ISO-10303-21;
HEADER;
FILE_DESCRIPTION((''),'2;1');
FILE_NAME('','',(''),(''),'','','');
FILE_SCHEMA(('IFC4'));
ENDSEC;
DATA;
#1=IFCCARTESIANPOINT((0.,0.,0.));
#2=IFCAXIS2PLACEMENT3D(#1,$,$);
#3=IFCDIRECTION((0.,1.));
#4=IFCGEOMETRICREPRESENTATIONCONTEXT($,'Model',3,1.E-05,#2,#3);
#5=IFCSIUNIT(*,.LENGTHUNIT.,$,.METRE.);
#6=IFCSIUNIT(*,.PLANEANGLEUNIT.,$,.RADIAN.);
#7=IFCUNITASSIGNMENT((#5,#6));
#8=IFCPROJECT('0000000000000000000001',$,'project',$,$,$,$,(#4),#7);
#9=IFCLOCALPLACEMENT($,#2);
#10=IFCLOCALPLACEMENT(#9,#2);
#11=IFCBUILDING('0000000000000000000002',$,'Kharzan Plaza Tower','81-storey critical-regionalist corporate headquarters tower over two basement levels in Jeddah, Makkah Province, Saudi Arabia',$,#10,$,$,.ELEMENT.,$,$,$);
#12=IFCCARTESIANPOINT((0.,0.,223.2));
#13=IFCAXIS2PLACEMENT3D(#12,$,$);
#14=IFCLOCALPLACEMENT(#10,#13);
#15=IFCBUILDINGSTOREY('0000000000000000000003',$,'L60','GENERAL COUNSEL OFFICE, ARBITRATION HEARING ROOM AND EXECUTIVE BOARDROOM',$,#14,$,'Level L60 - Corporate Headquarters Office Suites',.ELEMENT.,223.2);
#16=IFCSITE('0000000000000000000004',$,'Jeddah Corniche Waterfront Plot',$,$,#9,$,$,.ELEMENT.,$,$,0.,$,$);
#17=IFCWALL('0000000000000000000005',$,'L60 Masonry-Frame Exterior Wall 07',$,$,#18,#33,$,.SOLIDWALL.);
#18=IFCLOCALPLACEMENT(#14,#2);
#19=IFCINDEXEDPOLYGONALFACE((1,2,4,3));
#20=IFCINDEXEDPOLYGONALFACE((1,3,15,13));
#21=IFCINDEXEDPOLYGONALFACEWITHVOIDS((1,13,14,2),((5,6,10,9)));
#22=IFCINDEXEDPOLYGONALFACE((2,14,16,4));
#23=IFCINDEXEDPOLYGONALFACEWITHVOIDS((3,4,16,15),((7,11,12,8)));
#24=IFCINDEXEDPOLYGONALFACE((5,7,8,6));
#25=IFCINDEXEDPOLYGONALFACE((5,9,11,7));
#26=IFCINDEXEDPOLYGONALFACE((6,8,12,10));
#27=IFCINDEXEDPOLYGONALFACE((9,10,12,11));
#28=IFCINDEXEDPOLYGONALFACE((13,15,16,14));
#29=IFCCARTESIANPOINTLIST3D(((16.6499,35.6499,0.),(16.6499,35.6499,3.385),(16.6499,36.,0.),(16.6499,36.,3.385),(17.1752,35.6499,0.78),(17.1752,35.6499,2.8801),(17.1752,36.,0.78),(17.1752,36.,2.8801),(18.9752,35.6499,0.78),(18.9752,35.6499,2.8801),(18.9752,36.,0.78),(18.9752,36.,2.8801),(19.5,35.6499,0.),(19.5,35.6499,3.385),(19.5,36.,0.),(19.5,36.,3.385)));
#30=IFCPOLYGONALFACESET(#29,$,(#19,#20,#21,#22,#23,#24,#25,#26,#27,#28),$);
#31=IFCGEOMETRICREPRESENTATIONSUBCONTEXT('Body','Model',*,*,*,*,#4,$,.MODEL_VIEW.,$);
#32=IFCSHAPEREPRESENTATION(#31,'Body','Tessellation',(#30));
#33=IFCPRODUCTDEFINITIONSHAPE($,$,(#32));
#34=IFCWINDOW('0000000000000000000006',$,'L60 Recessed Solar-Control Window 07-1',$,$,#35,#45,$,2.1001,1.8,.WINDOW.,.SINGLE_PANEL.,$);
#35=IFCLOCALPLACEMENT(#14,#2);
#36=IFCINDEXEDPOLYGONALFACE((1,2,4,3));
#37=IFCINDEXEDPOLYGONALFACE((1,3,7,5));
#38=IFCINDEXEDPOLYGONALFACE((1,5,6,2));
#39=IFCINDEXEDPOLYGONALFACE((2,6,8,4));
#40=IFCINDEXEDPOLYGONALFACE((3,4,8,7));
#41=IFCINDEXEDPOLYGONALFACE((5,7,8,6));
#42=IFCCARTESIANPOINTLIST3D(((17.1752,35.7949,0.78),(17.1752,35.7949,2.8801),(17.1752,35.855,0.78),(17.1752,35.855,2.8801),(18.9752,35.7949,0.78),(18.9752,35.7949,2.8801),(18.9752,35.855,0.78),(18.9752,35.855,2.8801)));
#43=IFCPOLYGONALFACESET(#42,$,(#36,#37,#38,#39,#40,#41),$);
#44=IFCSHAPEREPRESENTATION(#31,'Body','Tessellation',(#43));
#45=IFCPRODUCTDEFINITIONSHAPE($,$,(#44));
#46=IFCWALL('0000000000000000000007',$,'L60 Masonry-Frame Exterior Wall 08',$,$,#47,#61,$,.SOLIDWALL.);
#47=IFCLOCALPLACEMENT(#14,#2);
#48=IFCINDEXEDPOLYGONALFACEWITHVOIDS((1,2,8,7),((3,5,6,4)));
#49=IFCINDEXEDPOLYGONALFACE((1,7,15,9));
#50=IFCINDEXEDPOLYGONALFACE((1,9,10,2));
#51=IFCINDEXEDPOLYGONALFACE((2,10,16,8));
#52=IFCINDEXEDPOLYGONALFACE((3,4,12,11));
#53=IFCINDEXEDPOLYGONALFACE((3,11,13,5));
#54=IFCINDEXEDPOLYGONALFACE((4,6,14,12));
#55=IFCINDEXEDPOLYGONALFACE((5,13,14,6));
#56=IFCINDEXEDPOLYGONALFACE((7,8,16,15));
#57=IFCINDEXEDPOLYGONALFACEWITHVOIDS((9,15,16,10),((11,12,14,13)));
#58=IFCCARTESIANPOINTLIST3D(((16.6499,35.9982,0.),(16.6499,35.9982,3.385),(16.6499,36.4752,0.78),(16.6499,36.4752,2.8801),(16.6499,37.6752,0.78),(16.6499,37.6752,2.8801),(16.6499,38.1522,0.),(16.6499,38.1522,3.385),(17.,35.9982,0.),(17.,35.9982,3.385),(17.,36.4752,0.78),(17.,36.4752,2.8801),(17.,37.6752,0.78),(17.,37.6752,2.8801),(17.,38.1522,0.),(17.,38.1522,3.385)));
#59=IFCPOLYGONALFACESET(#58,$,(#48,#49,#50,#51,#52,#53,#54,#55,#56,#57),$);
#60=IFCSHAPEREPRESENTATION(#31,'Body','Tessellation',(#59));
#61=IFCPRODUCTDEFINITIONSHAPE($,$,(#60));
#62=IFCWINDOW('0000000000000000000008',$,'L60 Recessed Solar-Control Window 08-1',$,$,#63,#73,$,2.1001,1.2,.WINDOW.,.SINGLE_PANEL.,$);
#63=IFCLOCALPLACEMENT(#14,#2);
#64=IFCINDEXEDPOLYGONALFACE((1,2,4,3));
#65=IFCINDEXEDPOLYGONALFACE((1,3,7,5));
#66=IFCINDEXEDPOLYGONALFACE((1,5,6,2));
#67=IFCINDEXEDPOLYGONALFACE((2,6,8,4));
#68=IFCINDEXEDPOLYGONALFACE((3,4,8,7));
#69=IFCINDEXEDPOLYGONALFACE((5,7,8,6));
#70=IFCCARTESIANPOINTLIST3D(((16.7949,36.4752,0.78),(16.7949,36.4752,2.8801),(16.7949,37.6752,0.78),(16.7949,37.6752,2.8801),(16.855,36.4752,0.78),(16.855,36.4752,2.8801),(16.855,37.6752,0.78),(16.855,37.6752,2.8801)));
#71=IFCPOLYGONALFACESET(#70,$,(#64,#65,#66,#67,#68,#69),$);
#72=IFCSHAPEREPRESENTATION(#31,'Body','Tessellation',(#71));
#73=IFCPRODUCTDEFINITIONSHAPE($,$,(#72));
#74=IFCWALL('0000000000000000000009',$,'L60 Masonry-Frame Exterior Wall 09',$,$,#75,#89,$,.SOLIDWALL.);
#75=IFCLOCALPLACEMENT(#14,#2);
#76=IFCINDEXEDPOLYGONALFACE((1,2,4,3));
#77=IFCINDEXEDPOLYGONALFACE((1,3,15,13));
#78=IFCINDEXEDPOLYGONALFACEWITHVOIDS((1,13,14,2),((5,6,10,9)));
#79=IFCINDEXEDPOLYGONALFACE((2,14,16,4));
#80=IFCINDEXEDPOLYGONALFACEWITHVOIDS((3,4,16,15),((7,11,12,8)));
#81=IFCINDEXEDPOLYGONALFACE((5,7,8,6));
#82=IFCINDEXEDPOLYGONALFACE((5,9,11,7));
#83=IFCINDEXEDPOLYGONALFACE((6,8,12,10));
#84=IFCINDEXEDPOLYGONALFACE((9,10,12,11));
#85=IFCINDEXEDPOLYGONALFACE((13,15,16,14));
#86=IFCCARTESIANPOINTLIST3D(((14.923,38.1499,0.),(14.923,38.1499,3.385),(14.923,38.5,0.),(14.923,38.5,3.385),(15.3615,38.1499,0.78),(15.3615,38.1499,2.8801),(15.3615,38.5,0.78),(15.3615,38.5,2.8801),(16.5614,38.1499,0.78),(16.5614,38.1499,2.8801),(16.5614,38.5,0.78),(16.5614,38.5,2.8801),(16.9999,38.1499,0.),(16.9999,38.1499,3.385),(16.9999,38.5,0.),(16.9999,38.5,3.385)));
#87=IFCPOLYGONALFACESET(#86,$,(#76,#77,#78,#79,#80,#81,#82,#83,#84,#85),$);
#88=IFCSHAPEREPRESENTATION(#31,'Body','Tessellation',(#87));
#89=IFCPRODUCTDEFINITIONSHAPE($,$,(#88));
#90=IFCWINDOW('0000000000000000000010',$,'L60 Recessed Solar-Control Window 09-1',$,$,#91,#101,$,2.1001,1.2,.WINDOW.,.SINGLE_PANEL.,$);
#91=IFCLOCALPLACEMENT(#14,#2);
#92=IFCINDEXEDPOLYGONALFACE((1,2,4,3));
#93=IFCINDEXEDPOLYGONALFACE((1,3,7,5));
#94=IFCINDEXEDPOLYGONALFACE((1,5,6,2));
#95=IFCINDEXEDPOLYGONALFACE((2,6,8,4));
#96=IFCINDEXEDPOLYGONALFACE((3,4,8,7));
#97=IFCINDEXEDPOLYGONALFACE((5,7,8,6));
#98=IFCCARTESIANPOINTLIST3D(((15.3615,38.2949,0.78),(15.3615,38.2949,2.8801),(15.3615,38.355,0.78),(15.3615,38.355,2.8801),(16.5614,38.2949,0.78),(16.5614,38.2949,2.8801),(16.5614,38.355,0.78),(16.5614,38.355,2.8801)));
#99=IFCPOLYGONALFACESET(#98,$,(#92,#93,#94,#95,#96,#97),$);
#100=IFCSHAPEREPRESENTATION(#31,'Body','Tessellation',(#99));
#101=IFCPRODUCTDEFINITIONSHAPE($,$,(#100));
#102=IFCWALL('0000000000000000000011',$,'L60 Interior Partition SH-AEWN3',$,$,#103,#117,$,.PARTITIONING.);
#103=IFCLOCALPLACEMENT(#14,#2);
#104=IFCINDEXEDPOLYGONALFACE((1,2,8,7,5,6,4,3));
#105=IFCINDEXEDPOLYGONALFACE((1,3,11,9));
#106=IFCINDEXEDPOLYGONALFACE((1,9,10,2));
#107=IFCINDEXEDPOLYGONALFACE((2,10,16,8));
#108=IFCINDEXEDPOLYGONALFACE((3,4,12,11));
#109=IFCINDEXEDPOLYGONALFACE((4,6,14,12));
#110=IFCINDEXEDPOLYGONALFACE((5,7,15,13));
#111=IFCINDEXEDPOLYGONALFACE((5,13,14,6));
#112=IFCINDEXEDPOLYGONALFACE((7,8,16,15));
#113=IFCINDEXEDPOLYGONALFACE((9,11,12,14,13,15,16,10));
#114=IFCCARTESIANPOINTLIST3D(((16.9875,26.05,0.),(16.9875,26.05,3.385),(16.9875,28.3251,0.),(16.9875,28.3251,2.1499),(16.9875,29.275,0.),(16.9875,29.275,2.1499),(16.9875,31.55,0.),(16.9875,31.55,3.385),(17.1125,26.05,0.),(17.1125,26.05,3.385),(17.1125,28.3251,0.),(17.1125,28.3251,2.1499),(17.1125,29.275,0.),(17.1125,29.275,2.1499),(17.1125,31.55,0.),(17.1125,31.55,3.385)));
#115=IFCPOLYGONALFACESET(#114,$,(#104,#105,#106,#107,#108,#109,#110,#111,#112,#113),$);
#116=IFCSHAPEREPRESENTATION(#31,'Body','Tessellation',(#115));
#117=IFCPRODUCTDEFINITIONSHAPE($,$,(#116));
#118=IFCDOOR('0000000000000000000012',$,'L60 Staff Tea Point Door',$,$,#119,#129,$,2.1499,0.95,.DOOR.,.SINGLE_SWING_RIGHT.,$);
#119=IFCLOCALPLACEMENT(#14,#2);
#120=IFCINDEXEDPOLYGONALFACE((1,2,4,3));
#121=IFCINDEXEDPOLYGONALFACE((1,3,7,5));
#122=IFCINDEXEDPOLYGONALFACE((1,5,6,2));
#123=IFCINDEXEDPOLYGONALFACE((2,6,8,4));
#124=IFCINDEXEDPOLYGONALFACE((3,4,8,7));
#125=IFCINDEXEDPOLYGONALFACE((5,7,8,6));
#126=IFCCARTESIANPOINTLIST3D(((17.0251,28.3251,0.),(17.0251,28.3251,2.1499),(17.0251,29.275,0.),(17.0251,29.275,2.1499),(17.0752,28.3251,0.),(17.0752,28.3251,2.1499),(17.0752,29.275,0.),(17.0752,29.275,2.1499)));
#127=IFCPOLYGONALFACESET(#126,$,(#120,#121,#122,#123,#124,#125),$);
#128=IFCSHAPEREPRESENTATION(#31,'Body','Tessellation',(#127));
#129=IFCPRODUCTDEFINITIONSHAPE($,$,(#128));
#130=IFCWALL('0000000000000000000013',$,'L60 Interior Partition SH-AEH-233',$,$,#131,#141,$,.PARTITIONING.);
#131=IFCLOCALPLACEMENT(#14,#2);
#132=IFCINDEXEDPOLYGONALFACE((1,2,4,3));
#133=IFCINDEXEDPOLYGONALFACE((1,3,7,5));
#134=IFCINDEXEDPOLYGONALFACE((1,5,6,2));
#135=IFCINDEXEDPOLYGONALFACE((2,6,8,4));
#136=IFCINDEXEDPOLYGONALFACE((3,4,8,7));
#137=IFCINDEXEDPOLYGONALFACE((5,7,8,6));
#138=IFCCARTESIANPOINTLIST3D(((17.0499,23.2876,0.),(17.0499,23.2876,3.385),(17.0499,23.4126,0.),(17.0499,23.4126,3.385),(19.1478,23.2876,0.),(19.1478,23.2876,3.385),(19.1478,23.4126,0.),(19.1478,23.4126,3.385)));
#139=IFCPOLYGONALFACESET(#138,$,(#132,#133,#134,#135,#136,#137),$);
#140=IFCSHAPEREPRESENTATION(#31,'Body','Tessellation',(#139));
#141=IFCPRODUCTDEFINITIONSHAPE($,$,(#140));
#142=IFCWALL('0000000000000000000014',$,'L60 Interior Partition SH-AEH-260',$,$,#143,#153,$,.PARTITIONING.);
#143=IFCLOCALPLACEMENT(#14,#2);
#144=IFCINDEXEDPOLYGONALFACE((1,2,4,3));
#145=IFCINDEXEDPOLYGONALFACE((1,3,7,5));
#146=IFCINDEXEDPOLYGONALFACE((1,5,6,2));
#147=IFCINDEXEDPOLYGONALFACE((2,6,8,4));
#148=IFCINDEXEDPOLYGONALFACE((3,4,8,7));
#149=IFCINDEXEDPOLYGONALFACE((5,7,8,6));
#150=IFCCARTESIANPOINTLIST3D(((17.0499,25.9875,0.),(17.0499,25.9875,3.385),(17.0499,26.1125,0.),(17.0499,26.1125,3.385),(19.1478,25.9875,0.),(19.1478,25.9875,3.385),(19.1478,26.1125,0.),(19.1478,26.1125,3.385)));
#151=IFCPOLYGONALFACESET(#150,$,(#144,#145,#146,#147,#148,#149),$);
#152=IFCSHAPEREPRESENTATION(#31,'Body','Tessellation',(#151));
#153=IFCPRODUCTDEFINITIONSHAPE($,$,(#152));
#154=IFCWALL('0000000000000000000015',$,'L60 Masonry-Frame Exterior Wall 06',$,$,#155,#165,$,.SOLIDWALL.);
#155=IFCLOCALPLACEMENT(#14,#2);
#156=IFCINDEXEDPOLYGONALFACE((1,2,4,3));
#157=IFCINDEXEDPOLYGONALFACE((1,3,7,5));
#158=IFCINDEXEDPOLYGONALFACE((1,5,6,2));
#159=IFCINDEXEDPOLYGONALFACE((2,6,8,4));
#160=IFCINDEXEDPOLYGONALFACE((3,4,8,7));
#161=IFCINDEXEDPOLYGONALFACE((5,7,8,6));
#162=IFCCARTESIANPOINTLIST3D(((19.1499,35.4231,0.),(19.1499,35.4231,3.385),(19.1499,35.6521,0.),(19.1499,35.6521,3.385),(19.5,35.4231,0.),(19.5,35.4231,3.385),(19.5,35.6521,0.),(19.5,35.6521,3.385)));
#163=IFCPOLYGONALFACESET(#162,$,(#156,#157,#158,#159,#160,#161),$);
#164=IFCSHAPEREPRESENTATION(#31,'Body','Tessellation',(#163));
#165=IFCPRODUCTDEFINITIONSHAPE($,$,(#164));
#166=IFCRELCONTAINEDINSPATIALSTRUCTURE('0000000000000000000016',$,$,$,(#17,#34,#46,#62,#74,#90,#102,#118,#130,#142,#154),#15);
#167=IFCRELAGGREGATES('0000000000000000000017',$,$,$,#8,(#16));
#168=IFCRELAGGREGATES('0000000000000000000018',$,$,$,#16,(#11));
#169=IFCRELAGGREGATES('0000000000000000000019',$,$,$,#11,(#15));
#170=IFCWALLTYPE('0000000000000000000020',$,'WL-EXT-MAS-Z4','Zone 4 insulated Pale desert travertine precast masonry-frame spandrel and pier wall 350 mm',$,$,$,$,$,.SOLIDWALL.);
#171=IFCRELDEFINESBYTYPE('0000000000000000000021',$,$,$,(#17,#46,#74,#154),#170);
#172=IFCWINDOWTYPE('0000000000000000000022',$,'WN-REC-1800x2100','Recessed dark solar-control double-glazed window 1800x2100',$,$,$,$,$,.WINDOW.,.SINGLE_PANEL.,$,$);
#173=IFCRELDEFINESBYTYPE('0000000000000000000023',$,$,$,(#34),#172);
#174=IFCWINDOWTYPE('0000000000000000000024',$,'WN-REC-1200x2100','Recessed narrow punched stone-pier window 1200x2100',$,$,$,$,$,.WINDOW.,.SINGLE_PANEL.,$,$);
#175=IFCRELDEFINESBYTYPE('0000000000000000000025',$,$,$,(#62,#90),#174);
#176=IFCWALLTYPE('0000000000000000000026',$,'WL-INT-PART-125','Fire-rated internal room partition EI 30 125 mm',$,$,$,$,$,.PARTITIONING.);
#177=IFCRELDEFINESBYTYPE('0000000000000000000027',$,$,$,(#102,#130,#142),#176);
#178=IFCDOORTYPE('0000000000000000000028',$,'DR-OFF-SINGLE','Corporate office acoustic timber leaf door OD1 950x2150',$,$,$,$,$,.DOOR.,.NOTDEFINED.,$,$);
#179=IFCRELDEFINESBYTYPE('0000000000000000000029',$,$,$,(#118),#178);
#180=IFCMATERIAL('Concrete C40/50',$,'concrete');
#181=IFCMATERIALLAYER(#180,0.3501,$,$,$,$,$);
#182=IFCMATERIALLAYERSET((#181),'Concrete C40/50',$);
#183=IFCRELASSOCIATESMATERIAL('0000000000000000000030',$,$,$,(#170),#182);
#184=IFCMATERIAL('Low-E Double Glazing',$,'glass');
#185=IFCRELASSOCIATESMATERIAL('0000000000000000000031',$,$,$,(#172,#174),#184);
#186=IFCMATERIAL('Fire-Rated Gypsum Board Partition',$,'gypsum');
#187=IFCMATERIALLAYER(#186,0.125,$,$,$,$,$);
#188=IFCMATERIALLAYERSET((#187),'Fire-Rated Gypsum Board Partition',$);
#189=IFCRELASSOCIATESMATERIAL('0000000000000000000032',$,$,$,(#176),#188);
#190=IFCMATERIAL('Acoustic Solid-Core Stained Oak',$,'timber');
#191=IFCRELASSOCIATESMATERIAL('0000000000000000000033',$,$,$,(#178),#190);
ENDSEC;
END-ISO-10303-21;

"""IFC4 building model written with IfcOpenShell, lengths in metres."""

from ifc_helpers import new_model, si_unit, direction, frame, frame_2d, origin, place, context, subcontext, project, spatial, rectangle, extrude, source, transform, mapped, material, layer, layer_set, type_object, element, fill, save


model = new_model("IFC4")

# Units and contexts
model_context = context("Model", 3, precision=1e-05, world=origin(), true_north=direction((0.0, 1.0)))
body_context = subcontext(model_context, "Body", "Model", "MODEL_VIEW")
ifc_project = project(units=[si_unit("LENGTHUNIT", "METRE"), si_unit("PLANEANGLEUNIT", "RADIAN")], contexts=[model_context])

# Site, building, storey
site_placement = place(None, origin())
site = spatial("IfcSite", under=ifc_project, at=site_placement, Name="Jeddah Corniche Waterfront Plot", CompositionType="ELEMENT", RefElevation=0.0)
building_placement = place(site_placement, origin())
building = spatial("IfcBuilding", under=site, at=building_placement, Name="Kharzan Plaza Tower", Description="81-storey critical-regionalist corporate headquarters tower over two basement levels in Jeddah, Makkah Province, Saudi Arabia", CompositionType="ELEMENT")
storey_placement = place(building_placement, frame((0.0, 0.0, 223.2)))
storey = spatial("IfcBuildingStorey", under=building, at=storey_placement, Name="L60", Description="GENERAL COUNSEL OFFICE, ARBITRATION HEARING ROOM AND EXECUTIVE BOARDROOM", LongName="Level L60 - Corporate Headquarters Office Suites", CompositionType="ELEMENT", Elevation=223.2)

# Shared definitions
ifc_material_1 = material(Name="Concrete C40/50", Category="concrete")
ifc_layer_1 = layer(ifc_material_1, 0.3501)
ifc_layer_set_1 = layer_set([ifc_layer_1], Name="Concrete C40/50")
wall_type_1 = type_object("IfcWallType", Name="WL-EXT-MAS-Z4", Description="Zone 4 insulated Pale desert travertine precast masonry-frame spandrel and pier wall 350 mm", PredefinedType="SOLIDWALL", material=ifc_layer_set_1)
ifc_material_2 = material(Name="Low-E Double Glazing", Category="glass")

# Walls, openings, windows
wall_1_placement = place(storey_placement, frame((19.5, 35.825, 0.0), z_axis=(0.0, 0.0, 1.0), x_axis=(-1.0, 0.0, 0.0)))
wall_1 = element("IfcWall", 1, at=wall_1_placement, inside=storey, type_object=wall_type_1, Name="L60 Masonry-Frame Exterior Wall 07", PredefinedType="SOLIDWALL", context=body_context, shape_type="SweptSolid", body=[
    extrude(rectangle(XDim=2.8501, YDim=0.3501, at=frame_2d((1.425, 0.0))), origin(), (0.0, 0.0, 1.0), 3.385),
])
opening_1_placement = place(wall_1_placement, frame((0.5249, 0.0, 0.78)))
opening_1 = element("IfcOpeningElement", 2, at=opening_1_placement, cuts=wall_1, PredefinedType="OPENING", context=body_context, shape_type="SweptSolid", body=[
    extrude(rectangle(XDim=1.8, YDim=2.1001, at=frame_2d((0.8999, 1.05))), frame((0.0, 0.1851, 0.0), z_axis=(0.0, -1.0, 0.0), x_axis=(1.0, 0.0, 0.0)), (0.0, 0.0, 1.0), 0.3701),
])
window_type_1 = type_object("IfcWindowType", Name="WN-REC-1800x2100", Description="Recessed dark solar-control double-glazed window 1800x2100", PartitioningType="SINGLE_PANEL", PredefinedType="WINDOW", material=ifc_material_2)
shared_shape_1 = source(origin(), body_context, "Body", "SweptSolid", [
    extrude(rectangle(XDim=1.8, YDim=2.1001, at=frame_2d((0.8999, 1.05))), frame((0.0, 0.03, 0.0), z_axis=(0.0, -1.0, 0.0), x_axis=(1.0, 0.0, 0.0)), (0.0, 0.0, 1.0), 0.0601),
])
window_1_placement = place(opening_1_placement, origin())
window_1 = element("IfcWindow", 3, at=window_1_placement, inside=storey, type_object=window_type_1, Name="L60 Recessed Solar-Control Window 07-1", OverallHeight=2.1001, OverallWidth=1.8, PartitioningType="SINGLE_PANEL", PredefinedType="WINDOW", context=body_context, shape_type="MappedRepresentation", body=[
    mapped(shared_shape_1, transform((0.0, 0.0, 0.0), x_axis=(1.0, 0.0, 0.0), y_axis=(0.0, 1.0, 0.0), z_axis=(0.0, 0.0, 1.0))),
])
fill(opening_1, window_1)
wall_2_placement = place(storey_placement, frame((16.825, 35.998, 0.0), z_axis=(0.0, 0.0, 1.0), x_axis=(0.0, 1.0, 0.0)))
wall_2 = element("IfcWall", 4, at=wall_2_placement, inside=storey, type_object=wall_type_1, Name="L60 Masonry-Frame Exterior Wall 08", PredefinedType="SOLIDWALL", context=body_context, shape_type="SweptSolid", body=[
    extrude(rectangle(XDim=2.1541, YDim=0.3501, at=frame_2d((1.0771, 0.0))), origin(), (0.0, 0.0, 1.0), 3.385),
])
opening_2_placement = place(wall_2_placement, frame((0.4771, 0.0, 0.78)))
opening_2 = element("IfcOpeningElement", 5, at=opening_2_placement, cuts=wall_2, PredefinedType="OPENING", context=body_context, shape_type="SweptSolid", body=[
    extrude(rectangle(XDim=1.2, YDim=2.1001, at=frame_2d((0.6001, 1.05))), frame((0.0, 0.1851, 0.0), z_axis=(0.0, -1.0, 0.0), x_axis=(1.0, 0.0, 0.0)), (0.0, 0.0, 1.0), 0.3701),
])
window_type_2 = type_object("IfcWindowType", Name="WN-REC-1200x2100", Description="Recessed narrow punched stone-pier window 1200x2100", PartitioningType="SINGLE_PANEL", PredefinedType="WINDOW", material=ifc_material_2)
shared_shape_2 = source(origin(), body_context, "Body", "SweptSolid", [
    extrude(rectangle(XDim=1.2, YDim=2.1001, at=frame_2d((0.6001, 1.05))), frame((0.0, 0.03, 0.0), z_axis=(0.0, -1.0, 0.0), x_axis=(1.0, 0.0, 0.0)), (0.0, 0.0, 1.0), 0.0601),
])
window_2_placement = place(opening_2_placement, origin())
window_2 = element("IfcWindow", 6, at=window_2_placement, inside=storey, type_object=window_type_2, Name="L60 Recessed Solar-Control Window 08-1", OverallHeight=2.1001, OverallWidth=1.2, PartitioningType="SINGLE_PANEL", PredefinedType="WINDOW", context=body_context, shape_type="MappedRepresentation", body=[
    mapped(shared_shape_2, transform((0.0, 0.0, 0.0), x_axis=(1.0, 0.0, 0.0), y_axis=(0.0, 1.0, 0.0), z_axis=(0.0, 0.0, 1.0))),
])
fill(opening_2, window_2)
wall_3_placement = place(storey_placement, frame((17.0, 38.325, 0.0), z_axis=(0.0, 0.0, 1.0), x_axis=(-1.0, 0.0, 0.0)))
wall_3 = element("IfcWall", 7, at=wall_3_placement, inside=storey, type_object=wall_type_1, Name="L60 Masonry-Frame Exterior Wall 09", PredefinedType="SOLIDWALL", context=body_context, shape_type="SweptSolid", body=[
    extrude(rectangle(XDim=2.0769, YDim=0.3501, at=frame_2d((1.0386, 0.0))), origin(), (0.0, 0.0, 1.0), 3.385),
])
opening_3_placement = place(wall_3_placement, frame((0.4385, 0.0, 0.78)))
opening_3 = element("IfcOpeningElement", 8, at=opening_3_placement, cuts=wall_3, PredefinedType="OPENING", context=body_context, shape_type="SweptSolid", body=[
    extrude(rectangle(XDim=1.2, YDim=2.1001, at=frame_2d((0.6001, 1.05))), frame((0.0, 0.1851, 0.0), z_axis=(0.0, -1.0, 0.0), x_axis=(1.0, 0.0, 0.0)), (0.0, 0.0, 1.0), 0.3701),
])
window_3_placement = place(opening_3_placement, origin())
window_3 = element("IfcWindow", 9, at=window_3_placement, inside=storey, type_object=window_type_2, Name="L60 Recessed Solar-Control Window 09-1", OverallHeight=2.1001, OverallWidth=1.2, PartitioningType="SINGLE_PANEL", PredefinedType="WINDOW", context=body_context, shape_type="MappedRepresentation", body=[
    mapped(shared_shape_2, transform((0.0, 0.0, 0.0), x_axis=(1.0, 0.0, 0.0), y_axis=(0.0, 1.0, 0.0), z_axis=(0.0, 0.0, 1.0))),
])
fill(opening_3, window_3)

# Wall, opening, door
ifc_material_3 = material(Name="Fire-Rated Gypsum Board Partition", Category="gypsum")
ifc_layer_2 = layer(ifc_material_3, 0.125)
ifc_layer_set_2 = layer_set([ifc_layer_2], Name="Fire-Rated Gypsum Board Partition")
wall_type_2 = type_object("IfcWallType", Name="WL-INT-PART-125", Description="Fire-rated internal room partition EI 30 125 mm", PredefinedType="PARTITIONING", material=ifc_layer_set_2)
wall_4_placement = place(storey_placement, frame((17.05, 26.05, 0.0), z_axis=(0.0, 0.0, 1.0), x_axis=(0.0, 1.0, 0.0)))
wall_4 = element("IfcWall", 10, at=wall_4_placement, inside=storey, type_object=wall_type_2, Name="L60 Interior Partition SH-AEWN3", PredefinedType="PARTITIONING", context=body_context, shape_type="SweptSolid", body=[
    extrude(rectangle(XDim=5.5, YDim=0.125, at=frame_2d((2.75, 0.0))), origin(), (0.0, 0.0, 1.0), 3.385),
])
opening_4_placement = place(wall_4_placement, frame((2.2749, 0.0, 0.0)))
opening_4 = element("IfcOpeningElement", 11, at=opening_4_placement, cuts=wall_4, PredefinedType="OPENING", context=body_context, shape_type="SweptSolid", body=[
    extrude(rectangle(XDim=0.95, YDim=2.1499, at=frame_2d((0.4751, 1.075))), frame((0.0, 0.0725, 0.0), z_axis=(0.0, -1.0, 0.0), x_axis=(1.0, 0.0, 0.0)), (0.0, 0.0, 1.0), 0.145),
])
ifc_material_4 = material(Name="Acoustic Solid-Core Stained Oak", Category="timber")
door_type_1 = type_object("IfcDoorType", Name="DR-OFF-SINGLE", Description="Corporate office acoustic timber leaf door OD1 950x2150", OperationType="NOTDEFINED", PredefinedType="DOOR", material=ifc_material_4)
shared_shape_3 = source(origin(), body_context, "Body", "SweptSolid", [
    extrude(rectangle(XDim=0.95, YDim=2.1499, at=frame_2d((0.4751, 1.075))), frame((0.0, 0.0249, 0.0), z_axis=(0.0, -1.0, 0.0), x_axis=(1.0, 0.0, 0.0)), (0.0, 0.0, 1.0), 0.05),
])
door_1_placement = place(opening_4_placement, origin())
door_1 = element("IfcDoor", 12, at=door_1_placement, inside=storey, type_object=door_type_1, Name="L60 Staff Tea Point Door", OperationType="SINGLE_SWING_RIGHT", OverallHeight=2.1499, OverallWidth=0.95, PredefinedType="DOOR", context=body_context, shape_type="MappedRepresentation", body=[
    mapped(shared_shape_3, transform((0.0, 0.0, 0.0), x_axis=(1.0, 0.0, 0.0), y_axis=(0.0, 1.0, 0.0), z_axis=(0.0, 0.0, 1.0))),
])
fill(opening_4, door_1)

# Walls
shared_shape_4 = source(origin(), body_context, "Body", "SweptSolid", [
    extrude(rectangle(XDim=2.0979, YDim=0.125, at=frame_2d((1.0488, 0.0))), origin(), (0.0, 0.0, 1.0), 3.385),
])
for number, where, z_axis, x_axis, name in (
    (13, (17.05, 23.3501, 0.0), (0.0, 0.0, 1.0), (1.0, 0.0, 0.0), "L60 Interior Partition SH-AEH-233"),
    (14, (17.05, 26.05, 0.0), (0.0, 0.0, 1.0), (1.0, 0.0, 0.0), "L60 Interior Partition SH-AEH-260"),
):
    element("IfcWall", number, at=place(storey_placement, frame(where, z_axis=z_axis, x_axis=x_axis)), inside=storey, type_object=wall_type_2, Name=name, PredefinedType="PARTITIONING", context=body_context, shape_type="MappedRepresentation", body=[
        mapped(shared_shape_4, transform((0.0, 0.0, 0.0), x_axis=(1.0, 0.0, 0.0), y_axis=(0.0, 1.0, 0.0), z_axis=(0.0, 0.0, 1.0))),
    ])
shared_shape_5 = source(origin(), body_context, "Body", "SweptSolid", [
    extrude(rectangle(XDim=0.229, YDim=0.3501, at=frame_2d((0.1145, 0.0))), origin(), (0.0, 0.0, 1.0), 3.385),
])
wall_5_placement = place(storey_placement, frame((19.325, 35.4231, 0.0), z_axis=(0.0, 0.0, 1.0), x_axis=(0.0, 1.0, 0.0)))
element("IfcWall", 15, at=wall_5_placement, inside=storey, type_object=wall_type_1, Name="L60 Masonry-Frame Exterior Wall 06", PredefinedType="SOLIDWALL", context=body_context, shape_type="MappedRepresentation", body=[
    mapped(shared_shape_5, transform((0.0, 0.0, 0.0), x_axis=(1.0, 0.0, 0.0), y_axis=(0.0, 1.0, 0.0), z_axis=(0.0, 0.0, 1.0))),
])

save(model, "model.ifc")
